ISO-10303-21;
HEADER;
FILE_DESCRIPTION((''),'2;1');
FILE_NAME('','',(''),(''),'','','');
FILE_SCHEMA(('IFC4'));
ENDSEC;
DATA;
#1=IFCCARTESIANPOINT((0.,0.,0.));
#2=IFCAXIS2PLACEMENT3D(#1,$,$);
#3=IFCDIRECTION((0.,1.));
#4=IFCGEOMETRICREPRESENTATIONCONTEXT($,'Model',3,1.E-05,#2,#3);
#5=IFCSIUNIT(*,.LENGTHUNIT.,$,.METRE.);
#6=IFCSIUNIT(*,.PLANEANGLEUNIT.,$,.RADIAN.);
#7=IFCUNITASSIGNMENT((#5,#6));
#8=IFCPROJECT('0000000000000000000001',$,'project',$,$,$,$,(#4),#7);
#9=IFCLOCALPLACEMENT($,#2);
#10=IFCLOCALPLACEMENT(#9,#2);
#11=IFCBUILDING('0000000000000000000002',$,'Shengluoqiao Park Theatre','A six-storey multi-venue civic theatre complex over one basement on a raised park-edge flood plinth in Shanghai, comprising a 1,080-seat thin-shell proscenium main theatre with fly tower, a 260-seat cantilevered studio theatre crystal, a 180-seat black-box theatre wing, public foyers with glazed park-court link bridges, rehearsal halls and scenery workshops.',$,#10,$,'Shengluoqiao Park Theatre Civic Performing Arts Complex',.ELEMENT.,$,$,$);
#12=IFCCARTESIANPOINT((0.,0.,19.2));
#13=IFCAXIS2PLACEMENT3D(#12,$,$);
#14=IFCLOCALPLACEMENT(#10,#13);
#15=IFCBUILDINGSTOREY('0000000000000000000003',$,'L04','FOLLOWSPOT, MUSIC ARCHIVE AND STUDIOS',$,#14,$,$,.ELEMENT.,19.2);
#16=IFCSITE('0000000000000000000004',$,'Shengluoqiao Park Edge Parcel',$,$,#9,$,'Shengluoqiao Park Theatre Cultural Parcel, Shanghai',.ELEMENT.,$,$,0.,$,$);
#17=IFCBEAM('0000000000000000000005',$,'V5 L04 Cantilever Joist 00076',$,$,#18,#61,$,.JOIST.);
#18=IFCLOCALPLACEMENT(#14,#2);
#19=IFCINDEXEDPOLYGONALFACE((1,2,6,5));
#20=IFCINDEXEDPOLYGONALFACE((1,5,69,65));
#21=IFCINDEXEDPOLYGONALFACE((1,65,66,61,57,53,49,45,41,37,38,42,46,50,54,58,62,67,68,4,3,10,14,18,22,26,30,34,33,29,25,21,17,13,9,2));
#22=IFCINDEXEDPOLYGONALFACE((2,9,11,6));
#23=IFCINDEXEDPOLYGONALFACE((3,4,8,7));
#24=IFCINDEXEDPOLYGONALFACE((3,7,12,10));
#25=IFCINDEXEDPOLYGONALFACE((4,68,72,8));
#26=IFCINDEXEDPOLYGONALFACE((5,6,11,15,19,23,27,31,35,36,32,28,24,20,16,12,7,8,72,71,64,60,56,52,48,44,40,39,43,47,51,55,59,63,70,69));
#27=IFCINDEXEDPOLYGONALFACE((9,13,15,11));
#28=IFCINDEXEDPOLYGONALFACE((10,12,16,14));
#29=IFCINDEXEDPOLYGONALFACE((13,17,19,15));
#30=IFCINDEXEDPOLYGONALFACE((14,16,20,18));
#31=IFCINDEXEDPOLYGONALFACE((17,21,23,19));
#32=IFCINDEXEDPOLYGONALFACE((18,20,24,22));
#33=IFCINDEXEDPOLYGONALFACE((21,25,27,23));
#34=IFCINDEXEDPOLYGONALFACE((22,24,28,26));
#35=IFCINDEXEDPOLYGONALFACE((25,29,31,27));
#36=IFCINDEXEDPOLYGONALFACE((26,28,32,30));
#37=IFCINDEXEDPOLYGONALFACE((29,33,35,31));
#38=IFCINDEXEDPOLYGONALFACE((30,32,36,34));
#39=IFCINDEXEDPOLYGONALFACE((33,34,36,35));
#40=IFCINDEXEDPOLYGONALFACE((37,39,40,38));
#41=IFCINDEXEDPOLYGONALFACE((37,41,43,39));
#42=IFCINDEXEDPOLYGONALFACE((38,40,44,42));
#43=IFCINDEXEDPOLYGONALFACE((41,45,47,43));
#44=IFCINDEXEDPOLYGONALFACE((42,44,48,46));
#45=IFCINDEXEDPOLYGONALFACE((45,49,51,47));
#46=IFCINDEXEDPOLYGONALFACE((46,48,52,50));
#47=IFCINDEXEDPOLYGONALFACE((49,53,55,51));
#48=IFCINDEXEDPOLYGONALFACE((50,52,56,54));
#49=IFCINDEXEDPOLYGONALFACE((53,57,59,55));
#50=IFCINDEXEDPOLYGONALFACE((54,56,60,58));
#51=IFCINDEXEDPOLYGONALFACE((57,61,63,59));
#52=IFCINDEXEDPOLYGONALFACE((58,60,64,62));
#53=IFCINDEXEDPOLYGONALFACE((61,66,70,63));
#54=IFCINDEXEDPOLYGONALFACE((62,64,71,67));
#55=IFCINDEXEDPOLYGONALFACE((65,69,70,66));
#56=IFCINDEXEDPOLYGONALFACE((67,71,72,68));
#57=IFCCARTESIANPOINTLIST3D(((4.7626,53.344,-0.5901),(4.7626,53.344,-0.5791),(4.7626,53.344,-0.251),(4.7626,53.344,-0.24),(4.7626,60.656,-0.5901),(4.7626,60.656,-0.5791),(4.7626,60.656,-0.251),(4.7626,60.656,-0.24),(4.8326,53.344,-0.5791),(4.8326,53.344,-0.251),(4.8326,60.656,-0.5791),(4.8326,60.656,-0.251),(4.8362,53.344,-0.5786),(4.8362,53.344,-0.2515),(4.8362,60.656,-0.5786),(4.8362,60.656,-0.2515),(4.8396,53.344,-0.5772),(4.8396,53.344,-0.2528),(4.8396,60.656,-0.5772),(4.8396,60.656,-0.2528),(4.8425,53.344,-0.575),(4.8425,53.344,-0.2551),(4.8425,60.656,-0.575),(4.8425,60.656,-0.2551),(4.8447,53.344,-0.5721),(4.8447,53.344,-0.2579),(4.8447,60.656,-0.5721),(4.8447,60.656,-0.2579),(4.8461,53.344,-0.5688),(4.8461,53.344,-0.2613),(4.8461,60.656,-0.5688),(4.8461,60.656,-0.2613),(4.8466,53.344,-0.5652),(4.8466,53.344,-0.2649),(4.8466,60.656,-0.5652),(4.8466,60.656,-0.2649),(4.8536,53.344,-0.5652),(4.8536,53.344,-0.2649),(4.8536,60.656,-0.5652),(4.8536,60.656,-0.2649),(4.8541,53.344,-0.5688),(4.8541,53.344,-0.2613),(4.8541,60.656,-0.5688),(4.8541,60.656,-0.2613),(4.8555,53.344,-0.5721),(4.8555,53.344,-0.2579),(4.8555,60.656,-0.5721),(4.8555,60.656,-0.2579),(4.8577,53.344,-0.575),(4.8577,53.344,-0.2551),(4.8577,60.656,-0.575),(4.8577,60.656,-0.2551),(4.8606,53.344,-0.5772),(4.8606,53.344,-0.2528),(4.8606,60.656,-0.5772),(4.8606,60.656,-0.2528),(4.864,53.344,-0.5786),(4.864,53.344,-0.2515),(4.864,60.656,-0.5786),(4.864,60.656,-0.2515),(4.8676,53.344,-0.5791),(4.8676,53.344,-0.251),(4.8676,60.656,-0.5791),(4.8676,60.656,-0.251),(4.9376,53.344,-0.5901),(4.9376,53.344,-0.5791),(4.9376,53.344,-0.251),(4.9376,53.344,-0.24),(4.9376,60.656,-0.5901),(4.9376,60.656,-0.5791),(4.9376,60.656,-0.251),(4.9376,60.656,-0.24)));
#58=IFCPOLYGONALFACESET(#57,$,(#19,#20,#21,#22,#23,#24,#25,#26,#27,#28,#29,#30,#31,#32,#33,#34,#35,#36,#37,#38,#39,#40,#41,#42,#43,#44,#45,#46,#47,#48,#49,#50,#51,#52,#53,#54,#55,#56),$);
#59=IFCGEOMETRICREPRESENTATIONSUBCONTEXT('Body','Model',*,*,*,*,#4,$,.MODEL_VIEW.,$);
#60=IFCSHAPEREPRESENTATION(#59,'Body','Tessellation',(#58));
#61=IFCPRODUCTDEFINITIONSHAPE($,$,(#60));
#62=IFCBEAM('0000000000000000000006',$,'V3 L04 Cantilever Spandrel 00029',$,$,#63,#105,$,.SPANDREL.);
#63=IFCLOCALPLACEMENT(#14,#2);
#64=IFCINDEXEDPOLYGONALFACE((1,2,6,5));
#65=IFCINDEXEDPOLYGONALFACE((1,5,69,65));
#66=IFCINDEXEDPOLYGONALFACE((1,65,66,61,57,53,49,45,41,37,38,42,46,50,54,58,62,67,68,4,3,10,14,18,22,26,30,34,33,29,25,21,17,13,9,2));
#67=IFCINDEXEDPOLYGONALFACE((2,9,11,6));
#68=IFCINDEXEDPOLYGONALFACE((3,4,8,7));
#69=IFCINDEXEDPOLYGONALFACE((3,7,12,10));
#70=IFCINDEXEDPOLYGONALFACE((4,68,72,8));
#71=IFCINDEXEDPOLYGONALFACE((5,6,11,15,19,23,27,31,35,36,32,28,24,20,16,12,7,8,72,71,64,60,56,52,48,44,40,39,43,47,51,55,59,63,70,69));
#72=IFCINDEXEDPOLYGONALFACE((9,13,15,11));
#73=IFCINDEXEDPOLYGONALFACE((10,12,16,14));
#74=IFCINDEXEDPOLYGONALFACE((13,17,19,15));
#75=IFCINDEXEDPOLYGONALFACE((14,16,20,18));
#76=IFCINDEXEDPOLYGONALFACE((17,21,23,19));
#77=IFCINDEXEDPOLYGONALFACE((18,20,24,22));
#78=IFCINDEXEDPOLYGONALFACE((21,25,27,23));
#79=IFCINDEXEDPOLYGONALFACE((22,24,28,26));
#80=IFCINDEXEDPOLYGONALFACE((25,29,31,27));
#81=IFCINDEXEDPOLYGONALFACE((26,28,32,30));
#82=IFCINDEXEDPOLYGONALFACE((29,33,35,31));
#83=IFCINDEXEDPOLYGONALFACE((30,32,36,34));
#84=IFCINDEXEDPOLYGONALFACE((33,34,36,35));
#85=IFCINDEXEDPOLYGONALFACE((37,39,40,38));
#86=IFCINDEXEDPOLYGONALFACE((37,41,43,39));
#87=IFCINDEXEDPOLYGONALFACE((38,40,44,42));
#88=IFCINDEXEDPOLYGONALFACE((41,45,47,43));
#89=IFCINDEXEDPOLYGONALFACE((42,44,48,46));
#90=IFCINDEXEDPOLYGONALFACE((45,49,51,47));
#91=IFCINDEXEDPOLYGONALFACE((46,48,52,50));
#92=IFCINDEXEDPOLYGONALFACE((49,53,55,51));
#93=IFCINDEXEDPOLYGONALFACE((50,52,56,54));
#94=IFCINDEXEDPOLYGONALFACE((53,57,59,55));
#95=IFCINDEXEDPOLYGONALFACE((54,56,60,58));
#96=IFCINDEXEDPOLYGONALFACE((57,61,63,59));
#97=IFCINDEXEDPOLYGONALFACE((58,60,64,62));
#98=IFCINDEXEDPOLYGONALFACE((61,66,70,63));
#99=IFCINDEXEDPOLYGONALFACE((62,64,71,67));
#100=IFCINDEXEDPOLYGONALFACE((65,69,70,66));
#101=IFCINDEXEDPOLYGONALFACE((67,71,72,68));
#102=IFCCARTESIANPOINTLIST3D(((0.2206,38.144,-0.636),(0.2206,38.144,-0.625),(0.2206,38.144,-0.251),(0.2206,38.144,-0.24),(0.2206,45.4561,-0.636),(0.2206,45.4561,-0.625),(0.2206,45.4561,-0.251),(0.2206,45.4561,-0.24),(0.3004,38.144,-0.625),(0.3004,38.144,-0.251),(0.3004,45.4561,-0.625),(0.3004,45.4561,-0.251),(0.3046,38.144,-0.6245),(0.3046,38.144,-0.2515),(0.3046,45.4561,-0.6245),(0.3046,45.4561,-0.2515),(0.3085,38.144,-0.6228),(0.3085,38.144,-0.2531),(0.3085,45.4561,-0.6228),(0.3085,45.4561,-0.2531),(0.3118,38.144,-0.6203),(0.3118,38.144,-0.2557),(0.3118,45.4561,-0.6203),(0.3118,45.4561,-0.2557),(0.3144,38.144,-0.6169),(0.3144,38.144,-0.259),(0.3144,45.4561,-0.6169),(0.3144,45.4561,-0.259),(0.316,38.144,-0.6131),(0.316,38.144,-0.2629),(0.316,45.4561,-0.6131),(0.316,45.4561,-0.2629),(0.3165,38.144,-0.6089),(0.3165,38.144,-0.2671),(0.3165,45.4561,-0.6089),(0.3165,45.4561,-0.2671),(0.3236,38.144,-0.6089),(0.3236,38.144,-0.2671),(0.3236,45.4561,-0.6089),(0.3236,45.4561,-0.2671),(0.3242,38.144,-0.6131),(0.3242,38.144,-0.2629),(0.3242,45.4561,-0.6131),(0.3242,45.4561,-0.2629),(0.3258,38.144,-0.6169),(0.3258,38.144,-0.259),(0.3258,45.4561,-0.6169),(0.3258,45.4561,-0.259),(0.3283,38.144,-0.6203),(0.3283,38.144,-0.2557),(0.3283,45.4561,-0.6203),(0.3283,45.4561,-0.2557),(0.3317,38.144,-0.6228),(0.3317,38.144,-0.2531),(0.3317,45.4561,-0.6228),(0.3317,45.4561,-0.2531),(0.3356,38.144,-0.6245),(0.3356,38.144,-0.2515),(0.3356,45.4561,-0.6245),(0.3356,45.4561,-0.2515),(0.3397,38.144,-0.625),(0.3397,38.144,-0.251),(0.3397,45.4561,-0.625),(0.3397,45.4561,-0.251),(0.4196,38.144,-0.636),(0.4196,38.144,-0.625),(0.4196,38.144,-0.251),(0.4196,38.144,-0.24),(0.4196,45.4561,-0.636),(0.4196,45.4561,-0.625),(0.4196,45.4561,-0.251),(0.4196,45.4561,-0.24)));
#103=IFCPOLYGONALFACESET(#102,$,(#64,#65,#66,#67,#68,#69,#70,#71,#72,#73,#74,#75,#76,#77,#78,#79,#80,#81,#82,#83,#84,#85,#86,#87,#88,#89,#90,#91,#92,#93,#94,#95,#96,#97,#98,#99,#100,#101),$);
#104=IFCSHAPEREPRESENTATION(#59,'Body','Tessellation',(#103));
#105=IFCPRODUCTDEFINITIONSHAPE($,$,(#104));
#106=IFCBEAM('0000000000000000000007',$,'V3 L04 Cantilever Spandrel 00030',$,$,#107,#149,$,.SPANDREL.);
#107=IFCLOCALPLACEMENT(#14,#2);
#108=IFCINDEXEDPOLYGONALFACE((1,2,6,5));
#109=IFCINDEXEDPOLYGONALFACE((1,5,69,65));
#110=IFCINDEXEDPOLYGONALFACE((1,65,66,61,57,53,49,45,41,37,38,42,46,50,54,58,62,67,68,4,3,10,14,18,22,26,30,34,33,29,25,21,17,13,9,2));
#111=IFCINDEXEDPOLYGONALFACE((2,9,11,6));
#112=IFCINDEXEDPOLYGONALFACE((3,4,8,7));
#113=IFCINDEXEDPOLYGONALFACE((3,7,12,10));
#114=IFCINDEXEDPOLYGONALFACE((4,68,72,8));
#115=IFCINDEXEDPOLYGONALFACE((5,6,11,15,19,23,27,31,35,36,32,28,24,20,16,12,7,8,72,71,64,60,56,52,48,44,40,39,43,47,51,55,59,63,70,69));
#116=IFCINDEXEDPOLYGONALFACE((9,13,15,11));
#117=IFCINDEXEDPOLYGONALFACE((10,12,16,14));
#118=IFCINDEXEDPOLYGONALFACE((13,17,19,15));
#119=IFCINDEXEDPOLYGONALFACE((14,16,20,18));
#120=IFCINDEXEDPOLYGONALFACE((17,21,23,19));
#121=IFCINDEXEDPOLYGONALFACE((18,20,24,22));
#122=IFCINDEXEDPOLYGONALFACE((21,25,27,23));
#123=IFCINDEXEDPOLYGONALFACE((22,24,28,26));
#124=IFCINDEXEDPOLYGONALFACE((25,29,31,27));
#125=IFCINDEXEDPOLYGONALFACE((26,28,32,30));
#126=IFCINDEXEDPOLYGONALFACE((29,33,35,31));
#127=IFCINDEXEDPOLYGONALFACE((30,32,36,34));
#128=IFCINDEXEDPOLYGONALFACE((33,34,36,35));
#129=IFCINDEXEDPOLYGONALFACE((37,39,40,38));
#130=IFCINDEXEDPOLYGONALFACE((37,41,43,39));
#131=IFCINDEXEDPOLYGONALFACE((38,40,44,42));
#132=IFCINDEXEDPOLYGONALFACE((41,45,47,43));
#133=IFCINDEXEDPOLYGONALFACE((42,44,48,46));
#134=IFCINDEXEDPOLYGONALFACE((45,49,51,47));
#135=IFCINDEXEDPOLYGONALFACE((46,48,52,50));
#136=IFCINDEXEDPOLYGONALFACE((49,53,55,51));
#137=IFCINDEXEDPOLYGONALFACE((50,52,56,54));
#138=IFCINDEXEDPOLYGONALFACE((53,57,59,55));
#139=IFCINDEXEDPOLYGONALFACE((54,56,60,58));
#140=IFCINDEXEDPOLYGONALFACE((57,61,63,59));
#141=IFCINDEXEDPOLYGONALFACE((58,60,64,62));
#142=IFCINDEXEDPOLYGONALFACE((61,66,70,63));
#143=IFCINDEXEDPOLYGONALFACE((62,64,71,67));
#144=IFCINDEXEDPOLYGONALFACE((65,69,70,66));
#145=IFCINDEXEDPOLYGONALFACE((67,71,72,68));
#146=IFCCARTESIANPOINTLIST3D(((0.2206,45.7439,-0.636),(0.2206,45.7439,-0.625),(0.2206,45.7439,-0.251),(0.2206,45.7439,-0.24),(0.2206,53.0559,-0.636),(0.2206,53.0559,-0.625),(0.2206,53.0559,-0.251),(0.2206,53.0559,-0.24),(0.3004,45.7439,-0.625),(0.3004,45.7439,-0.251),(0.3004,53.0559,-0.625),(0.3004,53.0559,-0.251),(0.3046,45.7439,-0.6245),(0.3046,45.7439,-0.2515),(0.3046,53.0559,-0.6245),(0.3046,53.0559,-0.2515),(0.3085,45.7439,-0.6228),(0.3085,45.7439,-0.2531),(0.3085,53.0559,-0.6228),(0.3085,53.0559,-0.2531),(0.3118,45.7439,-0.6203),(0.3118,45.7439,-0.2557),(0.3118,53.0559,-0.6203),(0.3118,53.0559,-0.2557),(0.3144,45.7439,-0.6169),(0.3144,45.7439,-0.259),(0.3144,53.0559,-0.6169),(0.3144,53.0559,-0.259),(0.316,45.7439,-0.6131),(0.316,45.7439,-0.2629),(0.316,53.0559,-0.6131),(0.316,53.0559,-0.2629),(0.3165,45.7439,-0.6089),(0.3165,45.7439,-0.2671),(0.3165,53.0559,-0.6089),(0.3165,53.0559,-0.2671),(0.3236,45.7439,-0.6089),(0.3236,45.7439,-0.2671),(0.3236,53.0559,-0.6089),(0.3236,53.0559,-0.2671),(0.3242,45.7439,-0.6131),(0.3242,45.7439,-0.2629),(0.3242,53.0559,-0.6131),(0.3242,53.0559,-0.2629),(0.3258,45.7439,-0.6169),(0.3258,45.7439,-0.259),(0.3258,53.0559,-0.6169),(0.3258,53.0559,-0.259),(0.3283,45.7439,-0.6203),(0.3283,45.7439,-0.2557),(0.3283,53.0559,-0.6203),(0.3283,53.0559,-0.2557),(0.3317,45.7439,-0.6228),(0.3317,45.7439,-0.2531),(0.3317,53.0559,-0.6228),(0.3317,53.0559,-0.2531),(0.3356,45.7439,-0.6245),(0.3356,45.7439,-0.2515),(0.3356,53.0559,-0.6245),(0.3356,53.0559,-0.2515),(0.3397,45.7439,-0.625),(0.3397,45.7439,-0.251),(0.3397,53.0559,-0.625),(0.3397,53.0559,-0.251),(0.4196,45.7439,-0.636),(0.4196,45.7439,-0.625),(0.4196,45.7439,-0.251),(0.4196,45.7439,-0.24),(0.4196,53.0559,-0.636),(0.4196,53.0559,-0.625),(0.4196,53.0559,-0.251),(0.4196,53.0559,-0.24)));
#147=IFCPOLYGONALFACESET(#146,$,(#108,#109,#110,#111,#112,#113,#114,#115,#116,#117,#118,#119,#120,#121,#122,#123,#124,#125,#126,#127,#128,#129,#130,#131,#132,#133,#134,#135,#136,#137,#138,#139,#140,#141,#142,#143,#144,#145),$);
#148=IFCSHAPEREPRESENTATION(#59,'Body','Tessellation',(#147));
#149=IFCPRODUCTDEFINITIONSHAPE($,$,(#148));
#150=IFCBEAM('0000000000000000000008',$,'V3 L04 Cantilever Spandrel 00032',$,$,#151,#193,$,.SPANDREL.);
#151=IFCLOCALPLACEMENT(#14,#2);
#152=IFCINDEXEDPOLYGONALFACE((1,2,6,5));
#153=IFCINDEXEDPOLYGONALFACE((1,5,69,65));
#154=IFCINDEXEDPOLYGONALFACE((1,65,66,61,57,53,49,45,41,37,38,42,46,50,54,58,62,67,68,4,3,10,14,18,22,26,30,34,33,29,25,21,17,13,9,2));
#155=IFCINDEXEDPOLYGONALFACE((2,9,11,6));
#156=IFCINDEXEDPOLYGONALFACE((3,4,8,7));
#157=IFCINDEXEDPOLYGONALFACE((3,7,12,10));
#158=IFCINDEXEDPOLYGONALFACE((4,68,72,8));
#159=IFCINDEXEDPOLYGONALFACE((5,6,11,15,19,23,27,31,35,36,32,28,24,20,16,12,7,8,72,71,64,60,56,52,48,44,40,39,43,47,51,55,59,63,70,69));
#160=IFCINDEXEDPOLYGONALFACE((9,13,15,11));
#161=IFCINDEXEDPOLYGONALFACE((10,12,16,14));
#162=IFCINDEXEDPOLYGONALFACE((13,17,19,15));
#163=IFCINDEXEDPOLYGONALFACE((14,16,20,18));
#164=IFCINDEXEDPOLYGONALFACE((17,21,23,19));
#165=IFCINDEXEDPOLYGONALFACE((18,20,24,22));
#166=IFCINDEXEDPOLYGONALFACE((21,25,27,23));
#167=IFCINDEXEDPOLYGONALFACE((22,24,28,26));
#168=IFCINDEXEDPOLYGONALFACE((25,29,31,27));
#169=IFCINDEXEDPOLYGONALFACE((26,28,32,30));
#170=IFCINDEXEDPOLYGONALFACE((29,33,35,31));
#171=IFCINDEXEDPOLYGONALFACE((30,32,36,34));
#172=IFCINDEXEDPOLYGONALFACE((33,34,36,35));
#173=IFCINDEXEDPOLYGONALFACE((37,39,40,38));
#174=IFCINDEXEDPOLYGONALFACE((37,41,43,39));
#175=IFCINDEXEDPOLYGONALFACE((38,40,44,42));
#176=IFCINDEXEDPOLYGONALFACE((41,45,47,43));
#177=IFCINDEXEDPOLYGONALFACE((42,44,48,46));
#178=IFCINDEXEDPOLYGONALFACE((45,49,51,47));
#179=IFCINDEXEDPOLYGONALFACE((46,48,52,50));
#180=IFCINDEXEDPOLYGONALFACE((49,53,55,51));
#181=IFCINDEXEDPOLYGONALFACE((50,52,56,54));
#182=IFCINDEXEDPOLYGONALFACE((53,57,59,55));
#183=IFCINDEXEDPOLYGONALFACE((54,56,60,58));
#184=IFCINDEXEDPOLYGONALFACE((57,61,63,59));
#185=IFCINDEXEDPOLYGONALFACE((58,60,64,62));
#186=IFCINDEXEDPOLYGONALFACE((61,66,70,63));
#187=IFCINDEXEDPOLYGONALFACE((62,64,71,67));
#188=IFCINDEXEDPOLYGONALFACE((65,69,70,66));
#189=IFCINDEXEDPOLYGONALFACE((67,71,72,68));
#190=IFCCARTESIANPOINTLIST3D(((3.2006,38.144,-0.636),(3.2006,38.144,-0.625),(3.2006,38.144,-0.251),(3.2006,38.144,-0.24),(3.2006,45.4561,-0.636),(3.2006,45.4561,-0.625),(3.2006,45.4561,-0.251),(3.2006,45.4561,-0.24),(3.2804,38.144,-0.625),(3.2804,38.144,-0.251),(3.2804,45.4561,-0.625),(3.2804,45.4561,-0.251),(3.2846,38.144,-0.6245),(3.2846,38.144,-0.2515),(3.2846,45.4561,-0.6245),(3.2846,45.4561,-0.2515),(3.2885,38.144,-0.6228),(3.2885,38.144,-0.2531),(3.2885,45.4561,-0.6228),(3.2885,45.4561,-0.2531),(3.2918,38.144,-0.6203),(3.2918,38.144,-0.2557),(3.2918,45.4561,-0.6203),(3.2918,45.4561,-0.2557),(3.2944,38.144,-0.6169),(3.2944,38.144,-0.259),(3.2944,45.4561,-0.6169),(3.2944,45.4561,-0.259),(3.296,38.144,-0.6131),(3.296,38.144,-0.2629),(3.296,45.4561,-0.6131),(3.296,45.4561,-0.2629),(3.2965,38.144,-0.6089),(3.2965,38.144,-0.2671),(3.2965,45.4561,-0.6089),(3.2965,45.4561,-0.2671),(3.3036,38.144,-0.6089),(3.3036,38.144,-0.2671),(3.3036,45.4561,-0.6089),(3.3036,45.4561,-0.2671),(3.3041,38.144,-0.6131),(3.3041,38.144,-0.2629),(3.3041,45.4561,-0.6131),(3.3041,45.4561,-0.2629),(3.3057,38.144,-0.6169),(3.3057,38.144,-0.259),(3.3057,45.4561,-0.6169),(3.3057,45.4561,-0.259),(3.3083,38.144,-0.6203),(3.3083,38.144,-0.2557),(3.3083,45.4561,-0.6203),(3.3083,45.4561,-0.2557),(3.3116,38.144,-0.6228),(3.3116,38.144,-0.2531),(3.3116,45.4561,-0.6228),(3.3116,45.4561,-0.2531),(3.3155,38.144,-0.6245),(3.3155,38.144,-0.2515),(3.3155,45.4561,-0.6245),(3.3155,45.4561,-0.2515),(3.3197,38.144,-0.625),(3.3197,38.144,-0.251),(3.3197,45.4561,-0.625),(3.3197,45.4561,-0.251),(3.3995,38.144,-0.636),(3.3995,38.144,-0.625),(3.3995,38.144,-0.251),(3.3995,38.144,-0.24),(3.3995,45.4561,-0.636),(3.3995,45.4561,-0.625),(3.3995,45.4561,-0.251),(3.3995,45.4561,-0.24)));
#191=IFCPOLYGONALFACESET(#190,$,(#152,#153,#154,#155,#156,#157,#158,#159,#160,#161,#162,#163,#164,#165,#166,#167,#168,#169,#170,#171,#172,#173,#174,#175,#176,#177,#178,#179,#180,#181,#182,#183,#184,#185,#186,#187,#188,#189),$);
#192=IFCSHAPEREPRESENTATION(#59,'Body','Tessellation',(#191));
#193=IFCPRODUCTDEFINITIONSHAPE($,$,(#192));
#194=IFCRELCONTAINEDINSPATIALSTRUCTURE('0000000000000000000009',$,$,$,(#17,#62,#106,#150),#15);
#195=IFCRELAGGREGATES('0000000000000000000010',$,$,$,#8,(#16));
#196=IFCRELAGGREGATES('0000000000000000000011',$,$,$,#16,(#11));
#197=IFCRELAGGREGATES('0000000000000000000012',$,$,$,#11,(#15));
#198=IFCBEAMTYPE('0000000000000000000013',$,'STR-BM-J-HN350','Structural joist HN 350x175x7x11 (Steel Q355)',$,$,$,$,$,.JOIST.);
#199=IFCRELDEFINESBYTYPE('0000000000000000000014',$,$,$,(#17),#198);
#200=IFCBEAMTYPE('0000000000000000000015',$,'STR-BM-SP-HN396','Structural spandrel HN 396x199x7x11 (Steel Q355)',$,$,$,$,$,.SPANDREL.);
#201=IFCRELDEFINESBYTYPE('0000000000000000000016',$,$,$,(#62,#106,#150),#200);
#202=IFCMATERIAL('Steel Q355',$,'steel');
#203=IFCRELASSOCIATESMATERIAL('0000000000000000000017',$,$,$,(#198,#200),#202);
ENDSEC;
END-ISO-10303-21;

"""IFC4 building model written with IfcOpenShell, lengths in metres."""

from ifc_helpers import new_model, si_unit, direction, frame, origin, origin_2d, place, context, subcontext, project, spatial, i_section, extrude, material, material_profile, profile_set, type_object, element, save


model = new_model("IFC4")

# Units and contexts
model_context = context("Model", 3, precision=1e-05, world=origin(), true_north=direction((0.0, 1.0)))
body_context = subcontext(model_context, "Body", "Model", "MODEL_VIEW")
ifc_project = project(units=[si_unit("LENGTHUNIT", "METRE"), si_unit("PLANEANGLEUNIT", "RADIAN")], contexts=[model_context])

# Site, building, storey
site_placement = place(None, origin())
site = spatial("IfcSite", under=ifc_project, at=site_placement, Name="Shengluoqiao Park Edge Parcel", LongName="Shengluoqiao Park Theatre Cultural Parcel, Shanghai", CompositionType="ELEMENT", RefElevation=0.0)
building_placement = place(site_placement, origin())
building = spatial("IfcBuilding", under=site, at=building_placement, Name="Shengluoqiao Park Theatre", Description="A six-storey multi-venue civic theatre complex over one basement on a raised park-edge flood plinth in Shanghai, comprising a 1,080-seat thin-shell proscenium main theatre with fly tower, a 260-seat cantilevered studio theatre crystal, a 180-seat black-box theatre wing, public foyers with glazed park-court link bridges, rehearsal halls and scenery workshops.", LongName="Shengluoqiao Park Theatre Civic Performing Arts Complex", CompositionType="ELEMENT")
storey_placement = place(building_placement, frame((0.0, 0.0, 19.2)))
storey = spatial("IfcBuildingStorey", under=building, at=storey_placement, Name="L04", Description="FOLLOWSPOT, MUSIC ARCHIVE AND STUDIOS", CompositionType="ELEMENT", Elevation=19.2)

# Beams
ifc_material_1 = material(Name="Steel Q355", Category="steel")
ifc_material_profile_1 = material_profile(ifc_material_1, i_section(OverallWidth=0.175, OverallDepth=0.3501, WebThickness=0.0071, FlangeThickness=0.011, FilletRadius=0.0139, at=origin_2d()), Name="HN 350x175x7x11")
ifc_profile_set_1 = profile_set([ifc_material_profile_1], Name="Steel Q355")
beam_type_1 = type_object("IfcBeamType", Name="STR-BM-J-HN350", Description="Structural joist HN 350x175x7x11 (Steel Q355)", PredefinedType="JOIST", material=ifc_profile_set_1)
for number, where, z_axis, x_axis, name in (
    (1, (4.8501, 53.344, -0.415), (0.0, 1.0, 0.0), (-1.0, 0.0, 0.0), "V5 L04 Cantilever Joist 00076"),
):
    element("IfcBeam", number, at=place(storey_placement, frame(where, z_axis=z_axis, x_axis=x_axis)), inside=storey, type_object=beam_type_1, Name=name, PredefinedType="JOIST", context=body_context, shape_type="SweptSolid", body=[
        extrude(i_section(OverallWidth=0.175, OverallDepth=0.3501, WebThickness=0.0071, FlangeThickness=0.011, FilletRadius=0.0139, at=origin_2d()), origin(), (0.0, 0.0, 1.0), 7.312),
    ])
ifc_material_profile_2 = material_profile(ifc_material_1, i_section(OverallWidth=0.199, OverallDepth=0.396, WebThickness=0.0071, FlangeThickness=0.011, FilletRadius=0.0161, at=origin_2d()), Name="HN 396x199x7x11")
ifc_profile_set_2 = profile_set([ifc_material_profile_2], Name="Steel Q355")
beam_type_2 = type_object("IfcBeamType", Name="STR-BM-SP-HN396", Description="Structural spandrel HN 396x199x7x11 (Steel Q355)", PredefinedType="SPANDREL", material=ifc_profile_set_2)
for number, where, z_axis, x_axis, name in (
    (2, (0.3201, 38.144, -0.438), (0.0, 1.0, 0.0), (-1.0, 0.0, 0.0), "V3 L04 Cantilever Spandrel 00029"),
    (3, (0.3201, 45.7439, -0.438), (0.0, 1.0, 0.0), (-1.0, 0.0, 0.0), "V3 L04 Cantilever Spandrel 00030"),
    (4, (3.3, 38.144, -0.438), (0.0, 1.0, 0.0), (-1.0, 0.0, 0.0), "V3 L04 Cantilever Spandrel 00032"),
):
    element("IfcBeam", number, at=place(storey_placement, frame(where, z_axis=z_axis, x_axis=x_axis)), inside=storey, type_object=beam_type_2, Name=name, PredefinedType="SPANDREL", context=body_context, shape_type="SweptSolid", body=[
        extrude(i_section(OverallWidth=0.199, OverallDepth=0.396, WebThickness=0.0071, FlangeThickness=0.011, FilletRadius=0.0161, at=origin_2d()), origin(), (0.0, 0.0, 1.0), 7.312),
    ])

save(model, "model.ifc")
